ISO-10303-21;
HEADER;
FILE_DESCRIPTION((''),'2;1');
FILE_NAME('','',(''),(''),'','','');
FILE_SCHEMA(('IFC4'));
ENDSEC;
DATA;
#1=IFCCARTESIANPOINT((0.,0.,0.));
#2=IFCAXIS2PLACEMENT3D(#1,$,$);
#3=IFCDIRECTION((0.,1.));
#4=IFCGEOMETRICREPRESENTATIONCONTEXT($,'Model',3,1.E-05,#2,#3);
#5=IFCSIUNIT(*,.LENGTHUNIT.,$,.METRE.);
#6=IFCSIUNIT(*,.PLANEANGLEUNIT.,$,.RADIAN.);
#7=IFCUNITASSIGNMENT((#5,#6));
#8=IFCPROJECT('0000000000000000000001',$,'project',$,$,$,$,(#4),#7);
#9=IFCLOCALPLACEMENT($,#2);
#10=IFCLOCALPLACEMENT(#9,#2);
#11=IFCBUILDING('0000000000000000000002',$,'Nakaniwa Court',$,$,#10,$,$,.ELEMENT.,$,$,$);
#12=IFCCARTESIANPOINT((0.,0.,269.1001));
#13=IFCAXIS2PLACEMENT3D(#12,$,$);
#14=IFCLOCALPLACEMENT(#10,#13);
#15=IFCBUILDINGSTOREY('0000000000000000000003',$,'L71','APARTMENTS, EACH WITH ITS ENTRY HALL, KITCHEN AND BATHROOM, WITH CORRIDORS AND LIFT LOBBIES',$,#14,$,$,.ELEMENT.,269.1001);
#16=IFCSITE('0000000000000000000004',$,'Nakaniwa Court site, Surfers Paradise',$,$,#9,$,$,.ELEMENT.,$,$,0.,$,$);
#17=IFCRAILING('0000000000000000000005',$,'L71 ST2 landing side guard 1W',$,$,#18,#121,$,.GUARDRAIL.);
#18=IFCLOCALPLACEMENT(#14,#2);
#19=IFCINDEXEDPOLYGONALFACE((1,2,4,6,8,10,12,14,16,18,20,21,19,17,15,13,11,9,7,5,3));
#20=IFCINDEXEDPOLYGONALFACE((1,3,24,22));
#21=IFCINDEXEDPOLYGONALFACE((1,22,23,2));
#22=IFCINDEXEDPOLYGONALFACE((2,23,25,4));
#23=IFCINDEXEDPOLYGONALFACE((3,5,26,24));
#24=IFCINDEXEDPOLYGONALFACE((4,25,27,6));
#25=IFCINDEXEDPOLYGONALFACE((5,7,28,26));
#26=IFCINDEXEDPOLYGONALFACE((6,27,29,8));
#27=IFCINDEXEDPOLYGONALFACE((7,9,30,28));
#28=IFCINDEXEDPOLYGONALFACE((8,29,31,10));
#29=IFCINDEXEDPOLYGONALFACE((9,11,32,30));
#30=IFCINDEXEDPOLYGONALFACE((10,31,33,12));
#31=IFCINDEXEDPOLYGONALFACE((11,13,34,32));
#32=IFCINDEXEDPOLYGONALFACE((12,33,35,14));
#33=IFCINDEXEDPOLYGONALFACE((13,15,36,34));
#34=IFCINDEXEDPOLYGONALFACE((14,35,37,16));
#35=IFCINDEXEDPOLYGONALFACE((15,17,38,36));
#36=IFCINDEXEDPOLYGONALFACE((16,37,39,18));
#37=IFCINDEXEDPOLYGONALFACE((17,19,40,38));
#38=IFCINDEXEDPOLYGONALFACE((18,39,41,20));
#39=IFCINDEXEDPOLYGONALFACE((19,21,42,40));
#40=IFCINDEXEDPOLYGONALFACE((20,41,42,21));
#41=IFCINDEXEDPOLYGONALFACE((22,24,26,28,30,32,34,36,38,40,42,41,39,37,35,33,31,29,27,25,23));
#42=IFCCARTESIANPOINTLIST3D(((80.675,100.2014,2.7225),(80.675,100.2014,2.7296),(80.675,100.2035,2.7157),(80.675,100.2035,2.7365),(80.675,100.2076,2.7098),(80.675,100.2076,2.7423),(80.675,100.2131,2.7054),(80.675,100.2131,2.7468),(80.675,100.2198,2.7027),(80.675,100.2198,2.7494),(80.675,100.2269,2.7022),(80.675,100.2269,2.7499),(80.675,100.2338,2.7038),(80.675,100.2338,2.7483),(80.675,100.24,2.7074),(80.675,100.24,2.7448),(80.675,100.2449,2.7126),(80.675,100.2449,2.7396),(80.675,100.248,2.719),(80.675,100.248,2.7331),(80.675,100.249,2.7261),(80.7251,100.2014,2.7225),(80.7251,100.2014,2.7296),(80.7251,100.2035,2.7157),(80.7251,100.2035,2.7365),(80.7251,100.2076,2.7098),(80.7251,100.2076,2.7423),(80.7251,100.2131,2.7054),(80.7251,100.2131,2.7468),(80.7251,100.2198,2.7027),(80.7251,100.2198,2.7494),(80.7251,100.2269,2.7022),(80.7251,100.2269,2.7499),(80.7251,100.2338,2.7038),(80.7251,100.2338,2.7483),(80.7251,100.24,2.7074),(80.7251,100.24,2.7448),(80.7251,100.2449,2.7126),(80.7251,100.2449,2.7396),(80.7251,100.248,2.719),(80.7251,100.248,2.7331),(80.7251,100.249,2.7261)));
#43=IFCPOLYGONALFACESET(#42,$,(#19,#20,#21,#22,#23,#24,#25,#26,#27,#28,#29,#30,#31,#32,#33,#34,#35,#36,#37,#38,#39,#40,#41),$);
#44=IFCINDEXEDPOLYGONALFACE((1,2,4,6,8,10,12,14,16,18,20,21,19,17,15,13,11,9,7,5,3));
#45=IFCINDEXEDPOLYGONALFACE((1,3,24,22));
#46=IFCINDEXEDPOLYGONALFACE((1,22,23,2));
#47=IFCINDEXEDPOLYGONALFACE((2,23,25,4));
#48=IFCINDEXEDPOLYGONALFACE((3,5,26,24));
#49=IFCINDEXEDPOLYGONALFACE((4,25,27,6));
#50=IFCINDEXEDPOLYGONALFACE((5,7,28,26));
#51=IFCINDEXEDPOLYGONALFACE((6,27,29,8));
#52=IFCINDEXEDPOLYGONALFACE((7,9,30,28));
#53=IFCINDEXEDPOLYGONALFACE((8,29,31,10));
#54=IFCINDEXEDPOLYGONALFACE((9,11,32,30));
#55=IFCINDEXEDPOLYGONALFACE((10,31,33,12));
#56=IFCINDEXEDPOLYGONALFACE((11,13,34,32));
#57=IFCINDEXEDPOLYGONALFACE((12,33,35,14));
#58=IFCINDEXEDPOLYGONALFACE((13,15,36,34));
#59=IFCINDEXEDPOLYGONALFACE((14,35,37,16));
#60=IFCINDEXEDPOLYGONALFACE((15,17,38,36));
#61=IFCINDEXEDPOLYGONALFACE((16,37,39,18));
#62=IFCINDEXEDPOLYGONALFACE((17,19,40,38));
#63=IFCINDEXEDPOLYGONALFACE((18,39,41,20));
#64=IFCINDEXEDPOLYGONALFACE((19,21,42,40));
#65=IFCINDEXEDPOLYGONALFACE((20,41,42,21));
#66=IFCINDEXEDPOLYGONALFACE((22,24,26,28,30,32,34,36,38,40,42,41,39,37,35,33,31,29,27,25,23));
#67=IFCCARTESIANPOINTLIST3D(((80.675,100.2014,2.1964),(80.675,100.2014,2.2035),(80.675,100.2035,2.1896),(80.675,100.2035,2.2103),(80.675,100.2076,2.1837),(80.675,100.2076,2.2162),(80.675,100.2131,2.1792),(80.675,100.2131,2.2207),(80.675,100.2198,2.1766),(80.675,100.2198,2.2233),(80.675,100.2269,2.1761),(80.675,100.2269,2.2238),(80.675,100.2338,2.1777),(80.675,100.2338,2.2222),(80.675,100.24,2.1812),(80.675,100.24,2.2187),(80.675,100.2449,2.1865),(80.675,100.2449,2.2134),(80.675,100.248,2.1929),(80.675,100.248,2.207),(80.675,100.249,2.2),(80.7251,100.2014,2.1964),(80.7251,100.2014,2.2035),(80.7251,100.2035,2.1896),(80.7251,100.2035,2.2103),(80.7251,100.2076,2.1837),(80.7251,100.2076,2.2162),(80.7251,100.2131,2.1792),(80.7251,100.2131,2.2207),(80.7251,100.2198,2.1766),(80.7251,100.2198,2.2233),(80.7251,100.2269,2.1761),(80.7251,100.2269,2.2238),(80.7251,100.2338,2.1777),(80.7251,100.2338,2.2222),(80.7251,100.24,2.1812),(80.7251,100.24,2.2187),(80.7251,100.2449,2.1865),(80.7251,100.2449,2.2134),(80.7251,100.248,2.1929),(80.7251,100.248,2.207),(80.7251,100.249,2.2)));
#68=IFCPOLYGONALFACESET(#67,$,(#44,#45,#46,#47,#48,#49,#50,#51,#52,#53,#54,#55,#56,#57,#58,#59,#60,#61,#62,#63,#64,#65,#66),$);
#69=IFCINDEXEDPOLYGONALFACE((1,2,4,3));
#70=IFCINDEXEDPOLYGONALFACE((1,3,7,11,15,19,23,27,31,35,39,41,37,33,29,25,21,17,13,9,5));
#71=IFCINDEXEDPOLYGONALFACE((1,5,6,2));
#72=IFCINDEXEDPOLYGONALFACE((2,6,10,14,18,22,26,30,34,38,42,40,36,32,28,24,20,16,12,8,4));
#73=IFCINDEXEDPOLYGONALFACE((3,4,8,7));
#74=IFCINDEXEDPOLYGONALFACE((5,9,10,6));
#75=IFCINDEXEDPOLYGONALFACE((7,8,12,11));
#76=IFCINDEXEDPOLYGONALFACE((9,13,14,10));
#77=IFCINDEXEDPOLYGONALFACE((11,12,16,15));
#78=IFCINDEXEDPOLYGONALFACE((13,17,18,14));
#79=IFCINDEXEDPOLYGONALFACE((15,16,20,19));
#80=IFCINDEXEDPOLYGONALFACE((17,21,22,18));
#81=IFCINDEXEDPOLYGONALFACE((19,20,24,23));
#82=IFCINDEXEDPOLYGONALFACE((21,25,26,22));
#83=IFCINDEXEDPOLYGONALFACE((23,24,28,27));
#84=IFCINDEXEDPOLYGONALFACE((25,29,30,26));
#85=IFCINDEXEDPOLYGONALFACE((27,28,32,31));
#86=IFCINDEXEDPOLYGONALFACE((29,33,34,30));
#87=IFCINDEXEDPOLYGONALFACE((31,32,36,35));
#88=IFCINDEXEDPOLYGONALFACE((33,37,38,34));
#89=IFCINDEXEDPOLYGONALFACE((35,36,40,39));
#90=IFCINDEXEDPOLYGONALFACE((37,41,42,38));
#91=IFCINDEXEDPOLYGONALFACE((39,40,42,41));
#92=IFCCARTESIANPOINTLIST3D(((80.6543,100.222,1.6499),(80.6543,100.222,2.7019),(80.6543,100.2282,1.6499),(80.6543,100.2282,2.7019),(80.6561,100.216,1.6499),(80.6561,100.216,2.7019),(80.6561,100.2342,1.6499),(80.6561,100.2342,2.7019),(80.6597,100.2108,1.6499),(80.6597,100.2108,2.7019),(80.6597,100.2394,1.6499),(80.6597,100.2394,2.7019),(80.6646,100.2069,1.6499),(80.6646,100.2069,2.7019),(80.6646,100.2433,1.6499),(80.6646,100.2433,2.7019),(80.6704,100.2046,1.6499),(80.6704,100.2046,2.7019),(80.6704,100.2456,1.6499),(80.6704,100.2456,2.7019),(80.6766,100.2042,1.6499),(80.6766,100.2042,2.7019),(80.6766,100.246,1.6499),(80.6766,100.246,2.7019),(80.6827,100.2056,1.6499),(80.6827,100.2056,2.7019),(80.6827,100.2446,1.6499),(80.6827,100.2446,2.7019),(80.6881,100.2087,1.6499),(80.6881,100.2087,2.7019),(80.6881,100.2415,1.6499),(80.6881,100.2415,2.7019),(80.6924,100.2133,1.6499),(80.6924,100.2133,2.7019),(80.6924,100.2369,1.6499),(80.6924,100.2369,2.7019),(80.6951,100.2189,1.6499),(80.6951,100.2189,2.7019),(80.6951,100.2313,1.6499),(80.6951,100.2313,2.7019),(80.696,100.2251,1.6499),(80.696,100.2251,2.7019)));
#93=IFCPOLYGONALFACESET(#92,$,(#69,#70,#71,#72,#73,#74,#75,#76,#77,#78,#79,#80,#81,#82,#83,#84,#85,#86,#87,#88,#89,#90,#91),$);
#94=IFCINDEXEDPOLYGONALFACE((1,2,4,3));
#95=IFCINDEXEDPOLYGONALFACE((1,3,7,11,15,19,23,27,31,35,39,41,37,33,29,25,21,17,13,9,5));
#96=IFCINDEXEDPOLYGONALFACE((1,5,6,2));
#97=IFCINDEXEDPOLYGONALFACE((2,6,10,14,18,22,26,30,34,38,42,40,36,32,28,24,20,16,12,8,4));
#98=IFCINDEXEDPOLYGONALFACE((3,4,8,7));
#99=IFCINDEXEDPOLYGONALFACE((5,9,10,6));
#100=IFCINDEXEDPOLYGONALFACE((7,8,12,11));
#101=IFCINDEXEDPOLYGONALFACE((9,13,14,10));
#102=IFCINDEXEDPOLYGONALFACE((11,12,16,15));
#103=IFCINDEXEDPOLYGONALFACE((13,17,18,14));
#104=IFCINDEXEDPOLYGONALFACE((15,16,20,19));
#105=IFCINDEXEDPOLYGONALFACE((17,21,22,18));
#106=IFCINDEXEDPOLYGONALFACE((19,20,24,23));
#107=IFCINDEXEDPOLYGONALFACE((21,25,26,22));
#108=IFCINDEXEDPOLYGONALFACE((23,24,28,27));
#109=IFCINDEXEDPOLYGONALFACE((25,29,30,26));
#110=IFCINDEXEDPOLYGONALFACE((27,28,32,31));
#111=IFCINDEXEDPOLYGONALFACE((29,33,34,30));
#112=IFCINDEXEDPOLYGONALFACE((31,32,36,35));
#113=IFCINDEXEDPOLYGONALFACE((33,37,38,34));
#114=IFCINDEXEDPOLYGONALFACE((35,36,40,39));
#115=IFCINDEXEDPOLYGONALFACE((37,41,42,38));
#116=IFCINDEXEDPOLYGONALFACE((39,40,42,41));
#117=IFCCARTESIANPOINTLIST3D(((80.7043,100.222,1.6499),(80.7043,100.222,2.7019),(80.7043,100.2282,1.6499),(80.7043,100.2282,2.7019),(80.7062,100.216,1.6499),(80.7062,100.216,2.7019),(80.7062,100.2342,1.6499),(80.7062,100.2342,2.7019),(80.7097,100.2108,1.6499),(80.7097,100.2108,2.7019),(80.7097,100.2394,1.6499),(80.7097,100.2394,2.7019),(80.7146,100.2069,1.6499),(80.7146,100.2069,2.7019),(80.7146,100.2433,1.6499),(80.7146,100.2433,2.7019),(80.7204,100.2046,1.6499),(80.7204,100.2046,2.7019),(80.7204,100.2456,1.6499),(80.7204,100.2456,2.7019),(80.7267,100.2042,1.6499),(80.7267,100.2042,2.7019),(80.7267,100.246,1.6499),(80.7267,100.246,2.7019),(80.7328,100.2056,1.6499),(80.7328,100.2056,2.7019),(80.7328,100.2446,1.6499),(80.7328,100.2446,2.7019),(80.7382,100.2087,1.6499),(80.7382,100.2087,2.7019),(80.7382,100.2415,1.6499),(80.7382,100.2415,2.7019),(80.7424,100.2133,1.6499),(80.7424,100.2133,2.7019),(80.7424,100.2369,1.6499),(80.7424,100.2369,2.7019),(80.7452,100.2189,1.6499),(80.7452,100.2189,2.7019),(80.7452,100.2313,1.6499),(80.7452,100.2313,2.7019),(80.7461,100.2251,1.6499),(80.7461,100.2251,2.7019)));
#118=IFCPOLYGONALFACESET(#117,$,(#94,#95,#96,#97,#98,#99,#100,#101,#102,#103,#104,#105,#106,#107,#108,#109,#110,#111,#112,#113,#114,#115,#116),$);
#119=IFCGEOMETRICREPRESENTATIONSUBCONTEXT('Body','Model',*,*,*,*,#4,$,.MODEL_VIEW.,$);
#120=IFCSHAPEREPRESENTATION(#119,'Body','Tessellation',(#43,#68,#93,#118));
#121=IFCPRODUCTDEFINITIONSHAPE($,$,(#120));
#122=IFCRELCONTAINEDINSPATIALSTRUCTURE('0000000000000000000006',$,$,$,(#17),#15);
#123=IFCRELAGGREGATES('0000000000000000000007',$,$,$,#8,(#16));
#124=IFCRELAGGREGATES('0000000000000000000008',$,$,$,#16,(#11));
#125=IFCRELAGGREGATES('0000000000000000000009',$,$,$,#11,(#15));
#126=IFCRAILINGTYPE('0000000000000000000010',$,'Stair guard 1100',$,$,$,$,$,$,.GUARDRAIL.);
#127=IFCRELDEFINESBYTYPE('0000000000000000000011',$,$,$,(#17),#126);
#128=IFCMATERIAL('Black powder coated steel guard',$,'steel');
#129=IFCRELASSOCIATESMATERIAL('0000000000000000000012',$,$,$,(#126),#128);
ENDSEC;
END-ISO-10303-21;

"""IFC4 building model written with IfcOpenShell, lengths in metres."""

from ifc_helpers import new_model, si_unit, direction, frame, origin, origin_2d, place, context, subcontext, project, spatial, circle, extrude, material, type_object, element, save


model = new_model("IFC4")

# Units and contexts
model_context = context("Model", 3, precision=1e-05, world=origin(), true_north=direction((0.0, 1.0)))
body_context = subcontext(model_context, "Body", "Model", "MODEL_VIEW")
ifc_project = project(units=[si_unit("LENGTHUNIT", "METRE"), si_unit("PLANEANGLEUNIT", "RADIAN")], contexts=[model_context])

# Site, building, storey
site_placement = place(None, origin())
site = spatial("IfcSite", under=ifc_project, at=site_placement, Name="Nakaniwa Court site, Surfers Paradise", CompositionType="ELEMENT", RefElevation=0.0)
building_placement = place(site_placement, origin())
building = spatial("IfcBuilding", under=site, at=building_placement, Name="Nakaniwa Court", CompositionType="ELEMENT")
storey_placement = place(building_placement, frame((0.0, 0.0, 269.1001)))
storey = spatial("IfcBuildingStorey", under=building, at=storey_placement, Name="L71", Description="APARTMENTS, EACH WITH ITS ENTRY HALL, KITCHEN AND BATHROOM, WITH CORRIDORS AND LIFT LOBBIES", CompositionType="ELEMENT", Elevation=269.1001)

# Railing
ifc_material_1 = material(Name="Black powder coated steel guard", Category="steel")
railing_type_1 = type_object("IfcRailingType", Name="Stair guard 1100", PredefinedType="GUARDRAIL", material=ifc_material_1)
for number, where, name in (
    (1, (80.675, 100.2251, 1.6499), "L71 ST2 landing side guard 1W"),
):
    element("IfcRailing", number, at=place(storey_placement, frame(where)), inside=storey, type_object=railing_type_1, Name=name, PredefinedType="GUARDRAIL", context=body_context, shape_type="SweptSolid", body=[
        extrude(circle(Radius=0.0239, at=origin_2d()), frame((0.0, 0.0, 1.0762), z_axis=(1.0, 0.0, 0.0), x_axis=(0.0, 1.0, 0.0)), (0.0, 0.0, 1.0), 0.05),
        extrude(circle(Radius=0.0239, at=origin_2d()), frame((0.0, 0.0, 0.55), z_axis=(1.0, 0.0, 0.0), x_axis=(0.0, 1.0, 0.0)), (0.0, 0.0, 1.0), 0.05),
        extrude(circle(Radius=0.021, at=origin_2d()), origin(), (0.0, 0.0, 1.0), 1.052),
        extrude(circle(Radius=0.021, at=origin_2d()), frame((0.05, 0.0, 0.0)), (0.0, 0.0, 1.0), 1.052),
    ])

save(model, "model.ifc")
